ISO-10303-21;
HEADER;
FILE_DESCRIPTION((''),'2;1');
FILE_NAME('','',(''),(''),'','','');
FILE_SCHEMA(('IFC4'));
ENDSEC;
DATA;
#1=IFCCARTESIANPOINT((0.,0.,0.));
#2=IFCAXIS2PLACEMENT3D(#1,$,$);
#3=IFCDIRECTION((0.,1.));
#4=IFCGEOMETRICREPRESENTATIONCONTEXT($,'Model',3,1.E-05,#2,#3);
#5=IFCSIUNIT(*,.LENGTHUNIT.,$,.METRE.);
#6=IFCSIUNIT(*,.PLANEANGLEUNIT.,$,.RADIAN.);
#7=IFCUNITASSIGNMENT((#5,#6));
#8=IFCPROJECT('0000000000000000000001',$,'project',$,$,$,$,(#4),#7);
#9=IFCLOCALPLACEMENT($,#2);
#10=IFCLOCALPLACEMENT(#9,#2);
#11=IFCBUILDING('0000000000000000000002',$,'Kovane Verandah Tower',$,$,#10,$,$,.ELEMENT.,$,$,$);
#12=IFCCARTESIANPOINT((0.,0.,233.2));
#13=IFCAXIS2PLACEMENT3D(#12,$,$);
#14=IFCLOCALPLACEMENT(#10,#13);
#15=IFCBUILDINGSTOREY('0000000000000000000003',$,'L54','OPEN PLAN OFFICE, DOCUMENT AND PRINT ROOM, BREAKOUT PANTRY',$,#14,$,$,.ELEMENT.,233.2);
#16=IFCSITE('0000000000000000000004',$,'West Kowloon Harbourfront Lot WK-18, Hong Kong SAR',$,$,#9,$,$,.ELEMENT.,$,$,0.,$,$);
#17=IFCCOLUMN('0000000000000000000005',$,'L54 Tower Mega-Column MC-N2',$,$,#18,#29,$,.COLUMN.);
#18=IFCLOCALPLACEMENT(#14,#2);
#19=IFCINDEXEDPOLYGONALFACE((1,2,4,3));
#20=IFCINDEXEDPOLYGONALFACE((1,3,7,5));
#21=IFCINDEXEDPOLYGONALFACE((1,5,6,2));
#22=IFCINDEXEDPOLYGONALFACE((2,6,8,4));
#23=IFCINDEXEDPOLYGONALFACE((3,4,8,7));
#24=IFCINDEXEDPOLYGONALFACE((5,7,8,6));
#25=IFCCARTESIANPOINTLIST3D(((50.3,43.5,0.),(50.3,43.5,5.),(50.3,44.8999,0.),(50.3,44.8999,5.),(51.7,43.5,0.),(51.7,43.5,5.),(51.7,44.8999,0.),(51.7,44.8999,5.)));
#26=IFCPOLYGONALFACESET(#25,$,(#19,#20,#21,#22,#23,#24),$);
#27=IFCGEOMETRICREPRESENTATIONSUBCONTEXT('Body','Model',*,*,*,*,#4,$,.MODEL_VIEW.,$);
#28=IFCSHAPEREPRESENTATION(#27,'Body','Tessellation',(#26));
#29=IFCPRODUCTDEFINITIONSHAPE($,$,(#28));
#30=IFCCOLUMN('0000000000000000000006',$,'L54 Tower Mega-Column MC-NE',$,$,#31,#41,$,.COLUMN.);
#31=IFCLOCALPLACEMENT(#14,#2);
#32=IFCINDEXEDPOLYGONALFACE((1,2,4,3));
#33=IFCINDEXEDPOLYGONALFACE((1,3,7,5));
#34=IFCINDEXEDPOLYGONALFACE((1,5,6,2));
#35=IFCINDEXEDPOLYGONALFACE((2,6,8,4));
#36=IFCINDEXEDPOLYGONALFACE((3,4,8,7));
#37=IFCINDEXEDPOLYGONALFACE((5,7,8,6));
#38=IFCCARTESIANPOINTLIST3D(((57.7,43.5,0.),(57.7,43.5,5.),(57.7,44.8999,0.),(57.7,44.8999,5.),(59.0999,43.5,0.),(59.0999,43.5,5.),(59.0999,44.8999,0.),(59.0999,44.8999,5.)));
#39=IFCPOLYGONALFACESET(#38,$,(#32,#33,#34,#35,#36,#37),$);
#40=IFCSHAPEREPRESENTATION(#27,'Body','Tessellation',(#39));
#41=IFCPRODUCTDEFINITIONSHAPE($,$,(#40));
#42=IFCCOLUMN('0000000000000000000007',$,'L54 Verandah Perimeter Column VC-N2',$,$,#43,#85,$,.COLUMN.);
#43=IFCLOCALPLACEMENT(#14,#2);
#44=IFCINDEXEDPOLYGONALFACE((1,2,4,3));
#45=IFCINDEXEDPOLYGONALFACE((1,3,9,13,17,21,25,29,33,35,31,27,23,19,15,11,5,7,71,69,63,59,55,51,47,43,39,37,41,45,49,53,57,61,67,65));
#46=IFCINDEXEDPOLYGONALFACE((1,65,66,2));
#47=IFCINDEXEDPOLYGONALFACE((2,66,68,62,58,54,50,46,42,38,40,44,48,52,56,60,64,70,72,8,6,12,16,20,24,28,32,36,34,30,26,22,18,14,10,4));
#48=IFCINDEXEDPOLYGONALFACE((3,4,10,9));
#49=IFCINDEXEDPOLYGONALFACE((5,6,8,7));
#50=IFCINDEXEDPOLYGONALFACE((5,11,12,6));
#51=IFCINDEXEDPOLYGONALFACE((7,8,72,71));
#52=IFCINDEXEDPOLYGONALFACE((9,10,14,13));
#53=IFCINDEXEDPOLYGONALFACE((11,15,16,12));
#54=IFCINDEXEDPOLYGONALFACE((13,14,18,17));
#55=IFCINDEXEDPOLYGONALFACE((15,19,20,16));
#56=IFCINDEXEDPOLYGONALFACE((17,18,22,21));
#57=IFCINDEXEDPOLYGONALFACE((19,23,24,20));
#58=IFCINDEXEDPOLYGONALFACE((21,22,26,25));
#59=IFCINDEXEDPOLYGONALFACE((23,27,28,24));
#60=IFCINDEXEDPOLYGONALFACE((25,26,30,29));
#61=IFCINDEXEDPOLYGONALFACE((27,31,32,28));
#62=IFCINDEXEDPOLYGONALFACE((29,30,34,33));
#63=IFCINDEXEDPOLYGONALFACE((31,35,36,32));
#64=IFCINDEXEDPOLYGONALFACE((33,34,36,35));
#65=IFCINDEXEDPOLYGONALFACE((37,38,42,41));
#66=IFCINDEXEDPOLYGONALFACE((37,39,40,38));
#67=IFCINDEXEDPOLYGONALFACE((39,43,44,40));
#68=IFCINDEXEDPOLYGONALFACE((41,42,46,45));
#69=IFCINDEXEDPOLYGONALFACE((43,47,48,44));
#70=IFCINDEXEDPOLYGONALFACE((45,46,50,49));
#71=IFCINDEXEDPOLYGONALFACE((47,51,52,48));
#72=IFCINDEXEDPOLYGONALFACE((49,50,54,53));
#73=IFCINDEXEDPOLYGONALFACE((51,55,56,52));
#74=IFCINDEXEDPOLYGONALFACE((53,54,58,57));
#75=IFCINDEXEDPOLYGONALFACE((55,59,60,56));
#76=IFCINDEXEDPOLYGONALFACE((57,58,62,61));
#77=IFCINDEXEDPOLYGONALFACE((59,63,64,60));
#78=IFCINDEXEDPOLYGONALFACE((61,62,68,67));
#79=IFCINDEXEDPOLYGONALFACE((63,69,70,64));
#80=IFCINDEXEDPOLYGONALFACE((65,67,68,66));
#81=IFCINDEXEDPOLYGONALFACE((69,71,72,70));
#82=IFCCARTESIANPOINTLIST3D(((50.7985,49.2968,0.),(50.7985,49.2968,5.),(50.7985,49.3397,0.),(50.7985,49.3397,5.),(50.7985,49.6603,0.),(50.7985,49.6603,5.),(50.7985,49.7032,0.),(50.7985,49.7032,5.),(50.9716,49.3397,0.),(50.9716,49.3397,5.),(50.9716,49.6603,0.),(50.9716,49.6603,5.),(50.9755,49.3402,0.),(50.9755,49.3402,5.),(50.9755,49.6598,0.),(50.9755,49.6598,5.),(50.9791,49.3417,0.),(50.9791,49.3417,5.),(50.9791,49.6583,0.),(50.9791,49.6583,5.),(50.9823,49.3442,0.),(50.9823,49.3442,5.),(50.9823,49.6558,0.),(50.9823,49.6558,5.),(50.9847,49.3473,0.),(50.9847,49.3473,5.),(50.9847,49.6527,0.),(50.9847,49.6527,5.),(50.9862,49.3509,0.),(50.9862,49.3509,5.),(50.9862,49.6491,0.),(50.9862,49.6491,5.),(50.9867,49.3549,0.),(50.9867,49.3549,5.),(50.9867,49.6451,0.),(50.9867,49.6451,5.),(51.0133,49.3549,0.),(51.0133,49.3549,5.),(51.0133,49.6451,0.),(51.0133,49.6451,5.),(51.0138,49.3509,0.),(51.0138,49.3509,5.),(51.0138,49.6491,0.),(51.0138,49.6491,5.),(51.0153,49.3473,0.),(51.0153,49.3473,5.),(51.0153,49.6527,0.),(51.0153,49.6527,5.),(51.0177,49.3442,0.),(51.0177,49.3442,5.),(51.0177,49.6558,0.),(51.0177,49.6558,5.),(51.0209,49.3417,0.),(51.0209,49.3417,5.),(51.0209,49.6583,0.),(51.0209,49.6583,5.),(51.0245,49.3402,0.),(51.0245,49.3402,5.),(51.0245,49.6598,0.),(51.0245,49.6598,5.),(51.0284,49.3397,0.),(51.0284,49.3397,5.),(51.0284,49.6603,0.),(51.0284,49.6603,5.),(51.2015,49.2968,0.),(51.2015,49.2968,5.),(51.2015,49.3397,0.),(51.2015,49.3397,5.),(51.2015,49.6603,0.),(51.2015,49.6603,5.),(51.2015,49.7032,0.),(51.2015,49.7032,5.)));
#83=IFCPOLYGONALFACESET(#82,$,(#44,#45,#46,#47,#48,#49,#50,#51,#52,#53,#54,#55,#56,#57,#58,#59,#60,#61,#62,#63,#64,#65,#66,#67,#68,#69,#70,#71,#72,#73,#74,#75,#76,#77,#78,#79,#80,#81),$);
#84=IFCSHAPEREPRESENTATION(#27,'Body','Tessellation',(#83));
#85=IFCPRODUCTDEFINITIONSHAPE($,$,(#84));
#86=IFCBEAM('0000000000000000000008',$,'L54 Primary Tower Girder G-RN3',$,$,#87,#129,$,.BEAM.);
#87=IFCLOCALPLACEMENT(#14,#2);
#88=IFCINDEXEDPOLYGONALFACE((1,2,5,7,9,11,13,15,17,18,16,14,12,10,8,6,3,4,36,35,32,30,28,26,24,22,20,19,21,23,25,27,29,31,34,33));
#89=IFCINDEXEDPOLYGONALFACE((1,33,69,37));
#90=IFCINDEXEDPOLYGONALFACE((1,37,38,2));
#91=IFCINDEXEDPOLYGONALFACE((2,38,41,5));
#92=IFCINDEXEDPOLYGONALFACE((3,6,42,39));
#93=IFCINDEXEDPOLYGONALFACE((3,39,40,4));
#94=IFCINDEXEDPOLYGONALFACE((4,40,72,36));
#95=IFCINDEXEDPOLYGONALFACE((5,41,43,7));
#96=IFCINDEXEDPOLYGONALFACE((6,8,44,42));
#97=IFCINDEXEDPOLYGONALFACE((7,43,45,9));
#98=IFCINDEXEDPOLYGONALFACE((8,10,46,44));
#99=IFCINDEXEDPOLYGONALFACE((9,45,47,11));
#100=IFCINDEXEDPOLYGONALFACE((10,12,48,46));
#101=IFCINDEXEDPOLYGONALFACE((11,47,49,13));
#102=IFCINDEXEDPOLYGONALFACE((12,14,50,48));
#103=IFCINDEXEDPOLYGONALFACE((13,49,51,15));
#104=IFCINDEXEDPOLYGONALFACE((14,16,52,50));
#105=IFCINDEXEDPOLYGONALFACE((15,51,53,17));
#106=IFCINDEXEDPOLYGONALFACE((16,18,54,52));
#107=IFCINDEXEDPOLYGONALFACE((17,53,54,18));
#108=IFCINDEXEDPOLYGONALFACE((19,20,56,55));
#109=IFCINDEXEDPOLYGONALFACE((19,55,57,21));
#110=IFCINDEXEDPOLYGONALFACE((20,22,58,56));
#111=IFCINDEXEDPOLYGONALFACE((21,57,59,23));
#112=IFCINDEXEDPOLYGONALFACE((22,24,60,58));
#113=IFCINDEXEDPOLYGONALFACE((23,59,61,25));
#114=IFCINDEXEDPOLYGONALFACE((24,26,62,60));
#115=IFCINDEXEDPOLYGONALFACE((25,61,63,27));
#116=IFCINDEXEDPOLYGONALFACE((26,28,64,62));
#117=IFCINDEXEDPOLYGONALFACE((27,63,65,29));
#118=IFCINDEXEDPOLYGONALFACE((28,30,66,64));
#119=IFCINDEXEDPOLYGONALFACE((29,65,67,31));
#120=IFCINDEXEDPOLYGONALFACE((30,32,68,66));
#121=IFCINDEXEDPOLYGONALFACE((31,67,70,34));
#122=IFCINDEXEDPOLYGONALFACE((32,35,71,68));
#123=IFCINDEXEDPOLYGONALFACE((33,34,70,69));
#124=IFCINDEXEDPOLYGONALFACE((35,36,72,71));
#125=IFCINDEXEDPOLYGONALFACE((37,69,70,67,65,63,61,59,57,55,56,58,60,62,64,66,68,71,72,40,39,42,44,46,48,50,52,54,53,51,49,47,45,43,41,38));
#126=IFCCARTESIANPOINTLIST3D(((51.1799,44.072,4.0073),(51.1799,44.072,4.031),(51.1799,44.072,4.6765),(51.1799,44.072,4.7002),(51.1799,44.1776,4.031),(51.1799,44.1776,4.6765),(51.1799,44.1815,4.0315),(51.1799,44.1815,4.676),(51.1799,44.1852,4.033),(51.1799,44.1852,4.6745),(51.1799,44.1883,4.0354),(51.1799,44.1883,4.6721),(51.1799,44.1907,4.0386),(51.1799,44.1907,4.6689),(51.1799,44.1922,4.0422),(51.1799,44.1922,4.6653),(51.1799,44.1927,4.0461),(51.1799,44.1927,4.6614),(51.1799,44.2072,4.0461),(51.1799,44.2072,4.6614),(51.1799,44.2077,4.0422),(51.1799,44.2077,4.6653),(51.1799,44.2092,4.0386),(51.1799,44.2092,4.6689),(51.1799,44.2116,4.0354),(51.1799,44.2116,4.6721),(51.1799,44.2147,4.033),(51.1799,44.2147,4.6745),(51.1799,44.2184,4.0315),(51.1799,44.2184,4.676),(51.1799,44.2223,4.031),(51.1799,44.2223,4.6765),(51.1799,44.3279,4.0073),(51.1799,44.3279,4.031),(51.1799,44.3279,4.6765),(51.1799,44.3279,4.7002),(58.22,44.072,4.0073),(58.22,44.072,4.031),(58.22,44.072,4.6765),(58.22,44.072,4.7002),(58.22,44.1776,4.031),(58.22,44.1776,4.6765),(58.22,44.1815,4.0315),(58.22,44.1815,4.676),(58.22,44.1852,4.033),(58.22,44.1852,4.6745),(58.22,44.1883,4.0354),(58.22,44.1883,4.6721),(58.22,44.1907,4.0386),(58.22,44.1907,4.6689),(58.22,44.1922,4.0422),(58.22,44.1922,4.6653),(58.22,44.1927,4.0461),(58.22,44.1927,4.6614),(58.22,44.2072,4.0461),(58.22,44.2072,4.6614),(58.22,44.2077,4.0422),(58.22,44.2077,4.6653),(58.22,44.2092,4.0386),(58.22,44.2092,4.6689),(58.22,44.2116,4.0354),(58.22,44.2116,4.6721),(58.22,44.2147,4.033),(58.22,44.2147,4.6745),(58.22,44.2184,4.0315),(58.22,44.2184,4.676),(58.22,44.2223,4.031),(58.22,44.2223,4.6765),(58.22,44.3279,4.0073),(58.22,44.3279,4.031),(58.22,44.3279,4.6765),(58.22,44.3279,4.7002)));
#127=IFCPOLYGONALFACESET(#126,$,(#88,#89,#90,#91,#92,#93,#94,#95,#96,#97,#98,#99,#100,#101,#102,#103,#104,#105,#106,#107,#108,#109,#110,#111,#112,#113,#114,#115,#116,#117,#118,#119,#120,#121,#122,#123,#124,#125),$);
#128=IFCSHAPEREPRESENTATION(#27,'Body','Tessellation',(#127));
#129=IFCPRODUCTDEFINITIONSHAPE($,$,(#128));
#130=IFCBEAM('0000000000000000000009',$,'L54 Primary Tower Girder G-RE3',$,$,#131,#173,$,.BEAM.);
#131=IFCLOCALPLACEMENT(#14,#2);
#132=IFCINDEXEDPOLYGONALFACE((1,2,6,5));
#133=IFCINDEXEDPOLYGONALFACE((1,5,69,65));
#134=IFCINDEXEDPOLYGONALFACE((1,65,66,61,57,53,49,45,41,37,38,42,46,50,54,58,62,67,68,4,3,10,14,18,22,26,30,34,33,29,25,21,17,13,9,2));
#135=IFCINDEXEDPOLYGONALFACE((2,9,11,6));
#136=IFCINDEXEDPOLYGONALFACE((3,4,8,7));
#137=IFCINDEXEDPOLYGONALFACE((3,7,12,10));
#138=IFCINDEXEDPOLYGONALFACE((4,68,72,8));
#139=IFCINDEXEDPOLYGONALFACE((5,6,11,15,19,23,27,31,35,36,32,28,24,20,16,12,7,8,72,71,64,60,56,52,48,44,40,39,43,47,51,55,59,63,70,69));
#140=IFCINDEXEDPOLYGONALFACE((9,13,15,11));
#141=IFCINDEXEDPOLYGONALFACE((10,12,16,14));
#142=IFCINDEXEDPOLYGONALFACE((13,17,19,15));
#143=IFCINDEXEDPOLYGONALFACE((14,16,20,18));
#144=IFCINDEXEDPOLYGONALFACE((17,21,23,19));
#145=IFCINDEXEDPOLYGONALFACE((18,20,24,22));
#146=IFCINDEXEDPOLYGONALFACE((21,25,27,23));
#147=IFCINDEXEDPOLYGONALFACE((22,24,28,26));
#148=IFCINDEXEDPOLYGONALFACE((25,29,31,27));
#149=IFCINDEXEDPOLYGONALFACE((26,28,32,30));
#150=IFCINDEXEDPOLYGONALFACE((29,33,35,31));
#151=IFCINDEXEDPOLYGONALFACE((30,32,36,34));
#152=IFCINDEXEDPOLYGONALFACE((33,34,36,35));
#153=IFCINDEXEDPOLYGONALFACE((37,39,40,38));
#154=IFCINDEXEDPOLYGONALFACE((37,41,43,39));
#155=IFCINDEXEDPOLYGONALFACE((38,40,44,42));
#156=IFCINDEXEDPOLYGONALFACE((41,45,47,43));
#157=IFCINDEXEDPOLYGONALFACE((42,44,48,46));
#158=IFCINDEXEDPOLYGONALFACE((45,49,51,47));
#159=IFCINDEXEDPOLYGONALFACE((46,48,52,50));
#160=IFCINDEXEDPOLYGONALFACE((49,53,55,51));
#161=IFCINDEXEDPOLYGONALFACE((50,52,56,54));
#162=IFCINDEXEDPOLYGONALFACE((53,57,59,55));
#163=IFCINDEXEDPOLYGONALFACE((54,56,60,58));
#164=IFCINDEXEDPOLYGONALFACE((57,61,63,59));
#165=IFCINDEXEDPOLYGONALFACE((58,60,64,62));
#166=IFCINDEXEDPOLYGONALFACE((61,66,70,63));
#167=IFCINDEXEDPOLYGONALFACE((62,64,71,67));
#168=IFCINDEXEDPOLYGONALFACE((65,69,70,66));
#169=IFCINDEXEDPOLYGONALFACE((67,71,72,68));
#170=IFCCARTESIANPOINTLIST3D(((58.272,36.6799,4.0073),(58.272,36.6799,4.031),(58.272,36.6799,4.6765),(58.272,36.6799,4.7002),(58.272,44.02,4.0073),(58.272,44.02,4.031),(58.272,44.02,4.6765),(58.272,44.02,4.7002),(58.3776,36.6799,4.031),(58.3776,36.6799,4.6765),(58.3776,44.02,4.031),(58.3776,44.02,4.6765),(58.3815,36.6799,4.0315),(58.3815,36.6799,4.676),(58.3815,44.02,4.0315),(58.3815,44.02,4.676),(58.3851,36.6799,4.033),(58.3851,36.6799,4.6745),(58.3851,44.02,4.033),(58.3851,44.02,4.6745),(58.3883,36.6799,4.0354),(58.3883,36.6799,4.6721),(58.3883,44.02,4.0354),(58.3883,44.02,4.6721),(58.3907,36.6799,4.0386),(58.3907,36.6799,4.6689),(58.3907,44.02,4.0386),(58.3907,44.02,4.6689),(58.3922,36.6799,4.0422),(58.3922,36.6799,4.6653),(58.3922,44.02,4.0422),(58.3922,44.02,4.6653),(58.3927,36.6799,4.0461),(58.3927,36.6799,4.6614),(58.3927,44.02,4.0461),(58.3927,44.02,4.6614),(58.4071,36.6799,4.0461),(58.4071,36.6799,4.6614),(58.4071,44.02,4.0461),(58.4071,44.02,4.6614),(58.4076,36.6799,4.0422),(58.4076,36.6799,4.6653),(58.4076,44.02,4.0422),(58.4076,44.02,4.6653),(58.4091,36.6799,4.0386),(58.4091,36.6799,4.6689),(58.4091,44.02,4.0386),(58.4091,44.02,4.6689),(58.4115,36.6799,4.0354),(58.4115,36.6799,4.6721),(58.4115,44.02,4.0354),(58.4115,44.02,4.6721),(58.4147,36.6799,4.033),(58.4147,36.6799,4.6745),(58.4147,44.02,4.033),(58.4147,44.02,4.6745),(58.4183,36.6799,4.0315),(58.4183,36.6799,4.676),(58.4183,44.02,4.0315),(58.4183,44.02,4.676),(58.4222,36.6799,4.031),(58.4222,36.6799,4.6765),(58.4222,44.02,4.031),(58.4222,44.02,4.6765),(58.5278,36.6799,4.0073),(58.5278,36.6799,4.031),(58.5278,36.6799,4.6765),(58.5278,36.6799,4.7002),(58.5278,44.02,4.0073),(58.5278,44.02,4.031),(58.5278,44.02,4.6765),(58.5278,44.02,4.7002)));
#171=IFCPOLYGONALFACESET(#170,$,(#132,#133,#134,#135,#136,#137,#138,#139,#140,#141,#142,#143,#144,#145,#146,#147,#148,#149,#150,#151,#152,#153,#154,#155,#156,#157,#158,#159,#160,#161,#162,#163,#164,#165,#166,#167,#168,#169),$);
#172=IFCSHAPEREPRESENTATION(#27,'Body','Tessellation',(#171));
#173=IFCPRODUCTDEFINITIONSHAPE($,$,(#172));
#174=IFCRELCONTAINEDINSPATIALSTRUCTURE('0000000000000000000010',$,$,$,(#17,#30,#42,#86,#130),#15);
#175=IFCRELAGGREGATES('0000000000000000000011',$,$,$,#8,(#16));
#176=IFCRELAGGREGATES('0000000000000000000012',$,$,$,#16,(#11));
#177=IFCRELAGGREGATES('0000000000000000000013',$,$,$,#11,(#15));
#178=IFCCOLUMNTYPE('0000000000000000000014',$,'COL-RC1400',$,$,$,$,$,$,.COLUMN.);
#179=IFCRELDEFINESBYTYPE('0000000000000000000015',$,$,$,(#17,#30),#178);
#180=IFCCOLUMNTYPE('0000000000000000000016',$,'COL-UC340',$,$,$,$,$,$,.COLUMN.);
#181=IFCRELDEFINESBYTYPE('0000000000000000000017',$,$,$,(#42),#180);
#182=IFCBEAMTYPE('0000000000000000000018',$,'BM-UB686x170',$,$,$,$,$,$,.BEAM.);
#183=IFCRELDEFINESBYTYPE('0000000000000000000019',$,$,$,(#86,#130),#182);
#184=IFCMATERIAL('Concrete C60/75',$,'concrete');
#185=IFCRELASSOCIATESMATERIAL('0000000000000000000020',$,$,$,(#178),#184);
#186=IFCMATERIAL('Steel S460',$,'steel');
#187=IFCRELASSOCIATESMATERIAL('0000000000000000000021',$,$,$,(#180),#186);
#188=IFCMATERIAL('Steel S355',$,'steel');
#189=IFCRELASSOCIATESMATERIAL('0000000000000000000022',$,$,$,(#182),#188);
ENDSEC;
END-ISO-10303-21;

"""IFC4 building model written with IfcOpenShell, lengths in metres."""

from ifc_helpers import new_model, si_unit, direction, frame, origin, origin_2d, place, context, subcontext, project, spatial, rectangle, i_section, extrude, material, material_profile, profile_set, type_object, element, save


model = new_model("IFC4")

# Units and contexts
model_context = context("Model", 3, precision=1e-05, world=origin(), true_north=direction((0.0, 1.0)))
body_context = subcontext(model_context, "Body", "Model", "MODEL_VIEW")
ifc_project = project(units=[si_unit("LENGTHUNIT", "METRE"), si_unit("PLANEANGLEUNIT", "RADIAN")], contexts=[model_context])

# Site, building, storey
site_placement = place(None, origin())
site = spatial("IfcSite", under=ifc_project, at=site_placement, Name="West Kowloon Harbourfront Lot WK-18, Hong Kong SAR", CompositionType="ELEMENT", RefElevation=0.0)
building_placement = place(site_placement, origin())
building = spatial("IfcBuilding", under=site, at=building_placement, Name="Kovane Verandah Tower", CompositionType="ELEMENT")
storey_placement = place(building_placement, frame((0.0, 0.0, 233.2)))
storey = spatial("IfcBuildingStorey", under=building, at=storey_placement, Name="L54", Description="OPEN PLAN OFFICE, DOCUMENT AND PRINT ROOM, BREAKOUT PANTRY", CompositionType="ELEMENT", Elevation=233.2)

# Columns
ifc_material_1 = material(Name="Concrete C60/75", Category="concrete")
ifc_material_profile_1 = material_profile(ifc_material_1, rectangle(XDim=1.3999, YDim=1.3999, at=origin_2d()), Name="RC1400x1400")
ifc_profile_set_1 = profile_set([ifc_material_profile_1], Name="Concrete C60/75")
column_type_1 = type_object("IfcColumnType", Name="COL-RC1400", PredefinedType="COLUMN", material=ifc_profile_set_1)
for number, where, z_axis, x_axis, name in (
    (1, (51.0, 44.2, 0.0), (0.0, 0.0, 1.0), (1.0, 0.0, 0.0), "L54 Tower Mega-Column MC-N2"),
    (2, (58.3999, 44.2, 0.0), (0.0, 0.0, 1.0), (1.0, 0.0, 0.0), "L54 Tower Mega-Column MC-NE"),
):
    element("IfcColumn", number, at=place(storey_placement, frame(where, z_axis=z_axis, x_axis=x_axis)), inside=storey, type_object=column_type_1, Name=name, PredefinedType="COLUMN", context=body_context, shape_type="SweptSolid", body=[
        extrude(rectangle(XDim=1.3999, YDim=1.3999, at=origin_2d()), origin(), (0.0, 0.0, 1.0), 5.0),
    ])
ifc_material_2 = material(Name="Steel S460", Category="steel")
ifc_material_profile_2 = material_profile(ifc_material_2, i_section(OverallWidth=0.4031, OverallDepth=0.4065, WebThickness=0.0266, FlangeThickness=0.043, FilletRadius=0.0151, at=origin_2d()), Name="UC356x406x340")
ifc_profile_set_2 = profile_set([ifc_material_profile_2], Name="Steel S460")
column_type_2 = type_object("IfcColumnType", Name="COL-UC340", PredefinedType="COLUMN", material=ifc_profile_set_2)
column_placement = place(storey_placement, frame((51.0, 49.5, 0.0), z_axis=(0.0, 0.0, 1.0), x_axis=(1.0, 0.0, 0.0)))
element("IfcColumn", 3, at=column_placement, inside=storey, type_object=column_type_2, Name="L54 Verandah Perimeter Column VC-N2", PredefinedType="COLUMN", context=body_context, shape_type="SweptSolid", body=[
    extrude(i_section(OverallWidth=0.4031, OverallDepth=0.4065, WebThickness=0.0266, FlangeThickness=0.043, FilletRadius=0.0151, at=origin_2d()), origin(), (0.0, 0.0, 1.0), 5.0),
])

# Beams
ifc_material_3 = material(Name="Steel S355", Category="steel")
ifc_material_profile_3 = material_profile(ifc_material_3, i_section(OverallWidth=0.2559, OverallDepth=0.6929, WebThickness=0.0144, FlangeThickness=0.0237, FilletRadius=0.0151, at=origin_2d()), Name="UB686x254x170")
ifc_profile_set_3 = profile_set([ifc_material_profile_3], Name="Steel S355")
beam_type_1 = type_object("IfcBeamType", Name="BM-UB686x170", PredefinedType="BEAM", material=ifc_profile_set_3)
beam_1_placement = place(storey_placement, frame((51.1799, 44.2, 4.3538), z_axis=(1.0, 0.0, 0.0), x_axis=(0.0, 1.0, 0.0)))
element("IfcBeam", 4, at=beam_1_placement, inside=storey, type_object=beam_type_1, Name="L54 Primary Tower Girder G-RN3", PredefinedType="BEAM", context=body_context, shape_type="SweptSolid", body=[
    extrude(i_section(OverallWidth=0.2559, OverallDepth=0.6929, WebThickness=0.0144, FlangeThickness=0.0237, FilletRadius=0.0151, at=origin_2d()), origin(), (0.0, 0.0, 1.0), 7.04),
])
for number, where, z_axis, x_axis, name in (
    (5, (58.3999, 36.6799, 4.3538), (0.0, 1.0, 0.0), (-1.0, 0.0, 0.0), "L54 Primary Tower Girder G-RE3"),
):
    element("IfcBeam", number, at=place(storey_placement, frame(where, z_axis=z_axis, x_axis=x_axis)), inside=storey, type_object=beam_type_1, Name=name, PredefinedType="BEAM", context=body_context, shape_type="SweptSolid", body=[
        extrude(i_section(OverallWidth=0.2559, OverallDepth=0.6929, WebThickness=0.0144, FlangeThickness=0.0237, FilletRadius=0.0151, at=origin_2d()), origin(), (0.0, 0.0, 1.0), 7.3401),
    ])

save(model, "model.ifc")
